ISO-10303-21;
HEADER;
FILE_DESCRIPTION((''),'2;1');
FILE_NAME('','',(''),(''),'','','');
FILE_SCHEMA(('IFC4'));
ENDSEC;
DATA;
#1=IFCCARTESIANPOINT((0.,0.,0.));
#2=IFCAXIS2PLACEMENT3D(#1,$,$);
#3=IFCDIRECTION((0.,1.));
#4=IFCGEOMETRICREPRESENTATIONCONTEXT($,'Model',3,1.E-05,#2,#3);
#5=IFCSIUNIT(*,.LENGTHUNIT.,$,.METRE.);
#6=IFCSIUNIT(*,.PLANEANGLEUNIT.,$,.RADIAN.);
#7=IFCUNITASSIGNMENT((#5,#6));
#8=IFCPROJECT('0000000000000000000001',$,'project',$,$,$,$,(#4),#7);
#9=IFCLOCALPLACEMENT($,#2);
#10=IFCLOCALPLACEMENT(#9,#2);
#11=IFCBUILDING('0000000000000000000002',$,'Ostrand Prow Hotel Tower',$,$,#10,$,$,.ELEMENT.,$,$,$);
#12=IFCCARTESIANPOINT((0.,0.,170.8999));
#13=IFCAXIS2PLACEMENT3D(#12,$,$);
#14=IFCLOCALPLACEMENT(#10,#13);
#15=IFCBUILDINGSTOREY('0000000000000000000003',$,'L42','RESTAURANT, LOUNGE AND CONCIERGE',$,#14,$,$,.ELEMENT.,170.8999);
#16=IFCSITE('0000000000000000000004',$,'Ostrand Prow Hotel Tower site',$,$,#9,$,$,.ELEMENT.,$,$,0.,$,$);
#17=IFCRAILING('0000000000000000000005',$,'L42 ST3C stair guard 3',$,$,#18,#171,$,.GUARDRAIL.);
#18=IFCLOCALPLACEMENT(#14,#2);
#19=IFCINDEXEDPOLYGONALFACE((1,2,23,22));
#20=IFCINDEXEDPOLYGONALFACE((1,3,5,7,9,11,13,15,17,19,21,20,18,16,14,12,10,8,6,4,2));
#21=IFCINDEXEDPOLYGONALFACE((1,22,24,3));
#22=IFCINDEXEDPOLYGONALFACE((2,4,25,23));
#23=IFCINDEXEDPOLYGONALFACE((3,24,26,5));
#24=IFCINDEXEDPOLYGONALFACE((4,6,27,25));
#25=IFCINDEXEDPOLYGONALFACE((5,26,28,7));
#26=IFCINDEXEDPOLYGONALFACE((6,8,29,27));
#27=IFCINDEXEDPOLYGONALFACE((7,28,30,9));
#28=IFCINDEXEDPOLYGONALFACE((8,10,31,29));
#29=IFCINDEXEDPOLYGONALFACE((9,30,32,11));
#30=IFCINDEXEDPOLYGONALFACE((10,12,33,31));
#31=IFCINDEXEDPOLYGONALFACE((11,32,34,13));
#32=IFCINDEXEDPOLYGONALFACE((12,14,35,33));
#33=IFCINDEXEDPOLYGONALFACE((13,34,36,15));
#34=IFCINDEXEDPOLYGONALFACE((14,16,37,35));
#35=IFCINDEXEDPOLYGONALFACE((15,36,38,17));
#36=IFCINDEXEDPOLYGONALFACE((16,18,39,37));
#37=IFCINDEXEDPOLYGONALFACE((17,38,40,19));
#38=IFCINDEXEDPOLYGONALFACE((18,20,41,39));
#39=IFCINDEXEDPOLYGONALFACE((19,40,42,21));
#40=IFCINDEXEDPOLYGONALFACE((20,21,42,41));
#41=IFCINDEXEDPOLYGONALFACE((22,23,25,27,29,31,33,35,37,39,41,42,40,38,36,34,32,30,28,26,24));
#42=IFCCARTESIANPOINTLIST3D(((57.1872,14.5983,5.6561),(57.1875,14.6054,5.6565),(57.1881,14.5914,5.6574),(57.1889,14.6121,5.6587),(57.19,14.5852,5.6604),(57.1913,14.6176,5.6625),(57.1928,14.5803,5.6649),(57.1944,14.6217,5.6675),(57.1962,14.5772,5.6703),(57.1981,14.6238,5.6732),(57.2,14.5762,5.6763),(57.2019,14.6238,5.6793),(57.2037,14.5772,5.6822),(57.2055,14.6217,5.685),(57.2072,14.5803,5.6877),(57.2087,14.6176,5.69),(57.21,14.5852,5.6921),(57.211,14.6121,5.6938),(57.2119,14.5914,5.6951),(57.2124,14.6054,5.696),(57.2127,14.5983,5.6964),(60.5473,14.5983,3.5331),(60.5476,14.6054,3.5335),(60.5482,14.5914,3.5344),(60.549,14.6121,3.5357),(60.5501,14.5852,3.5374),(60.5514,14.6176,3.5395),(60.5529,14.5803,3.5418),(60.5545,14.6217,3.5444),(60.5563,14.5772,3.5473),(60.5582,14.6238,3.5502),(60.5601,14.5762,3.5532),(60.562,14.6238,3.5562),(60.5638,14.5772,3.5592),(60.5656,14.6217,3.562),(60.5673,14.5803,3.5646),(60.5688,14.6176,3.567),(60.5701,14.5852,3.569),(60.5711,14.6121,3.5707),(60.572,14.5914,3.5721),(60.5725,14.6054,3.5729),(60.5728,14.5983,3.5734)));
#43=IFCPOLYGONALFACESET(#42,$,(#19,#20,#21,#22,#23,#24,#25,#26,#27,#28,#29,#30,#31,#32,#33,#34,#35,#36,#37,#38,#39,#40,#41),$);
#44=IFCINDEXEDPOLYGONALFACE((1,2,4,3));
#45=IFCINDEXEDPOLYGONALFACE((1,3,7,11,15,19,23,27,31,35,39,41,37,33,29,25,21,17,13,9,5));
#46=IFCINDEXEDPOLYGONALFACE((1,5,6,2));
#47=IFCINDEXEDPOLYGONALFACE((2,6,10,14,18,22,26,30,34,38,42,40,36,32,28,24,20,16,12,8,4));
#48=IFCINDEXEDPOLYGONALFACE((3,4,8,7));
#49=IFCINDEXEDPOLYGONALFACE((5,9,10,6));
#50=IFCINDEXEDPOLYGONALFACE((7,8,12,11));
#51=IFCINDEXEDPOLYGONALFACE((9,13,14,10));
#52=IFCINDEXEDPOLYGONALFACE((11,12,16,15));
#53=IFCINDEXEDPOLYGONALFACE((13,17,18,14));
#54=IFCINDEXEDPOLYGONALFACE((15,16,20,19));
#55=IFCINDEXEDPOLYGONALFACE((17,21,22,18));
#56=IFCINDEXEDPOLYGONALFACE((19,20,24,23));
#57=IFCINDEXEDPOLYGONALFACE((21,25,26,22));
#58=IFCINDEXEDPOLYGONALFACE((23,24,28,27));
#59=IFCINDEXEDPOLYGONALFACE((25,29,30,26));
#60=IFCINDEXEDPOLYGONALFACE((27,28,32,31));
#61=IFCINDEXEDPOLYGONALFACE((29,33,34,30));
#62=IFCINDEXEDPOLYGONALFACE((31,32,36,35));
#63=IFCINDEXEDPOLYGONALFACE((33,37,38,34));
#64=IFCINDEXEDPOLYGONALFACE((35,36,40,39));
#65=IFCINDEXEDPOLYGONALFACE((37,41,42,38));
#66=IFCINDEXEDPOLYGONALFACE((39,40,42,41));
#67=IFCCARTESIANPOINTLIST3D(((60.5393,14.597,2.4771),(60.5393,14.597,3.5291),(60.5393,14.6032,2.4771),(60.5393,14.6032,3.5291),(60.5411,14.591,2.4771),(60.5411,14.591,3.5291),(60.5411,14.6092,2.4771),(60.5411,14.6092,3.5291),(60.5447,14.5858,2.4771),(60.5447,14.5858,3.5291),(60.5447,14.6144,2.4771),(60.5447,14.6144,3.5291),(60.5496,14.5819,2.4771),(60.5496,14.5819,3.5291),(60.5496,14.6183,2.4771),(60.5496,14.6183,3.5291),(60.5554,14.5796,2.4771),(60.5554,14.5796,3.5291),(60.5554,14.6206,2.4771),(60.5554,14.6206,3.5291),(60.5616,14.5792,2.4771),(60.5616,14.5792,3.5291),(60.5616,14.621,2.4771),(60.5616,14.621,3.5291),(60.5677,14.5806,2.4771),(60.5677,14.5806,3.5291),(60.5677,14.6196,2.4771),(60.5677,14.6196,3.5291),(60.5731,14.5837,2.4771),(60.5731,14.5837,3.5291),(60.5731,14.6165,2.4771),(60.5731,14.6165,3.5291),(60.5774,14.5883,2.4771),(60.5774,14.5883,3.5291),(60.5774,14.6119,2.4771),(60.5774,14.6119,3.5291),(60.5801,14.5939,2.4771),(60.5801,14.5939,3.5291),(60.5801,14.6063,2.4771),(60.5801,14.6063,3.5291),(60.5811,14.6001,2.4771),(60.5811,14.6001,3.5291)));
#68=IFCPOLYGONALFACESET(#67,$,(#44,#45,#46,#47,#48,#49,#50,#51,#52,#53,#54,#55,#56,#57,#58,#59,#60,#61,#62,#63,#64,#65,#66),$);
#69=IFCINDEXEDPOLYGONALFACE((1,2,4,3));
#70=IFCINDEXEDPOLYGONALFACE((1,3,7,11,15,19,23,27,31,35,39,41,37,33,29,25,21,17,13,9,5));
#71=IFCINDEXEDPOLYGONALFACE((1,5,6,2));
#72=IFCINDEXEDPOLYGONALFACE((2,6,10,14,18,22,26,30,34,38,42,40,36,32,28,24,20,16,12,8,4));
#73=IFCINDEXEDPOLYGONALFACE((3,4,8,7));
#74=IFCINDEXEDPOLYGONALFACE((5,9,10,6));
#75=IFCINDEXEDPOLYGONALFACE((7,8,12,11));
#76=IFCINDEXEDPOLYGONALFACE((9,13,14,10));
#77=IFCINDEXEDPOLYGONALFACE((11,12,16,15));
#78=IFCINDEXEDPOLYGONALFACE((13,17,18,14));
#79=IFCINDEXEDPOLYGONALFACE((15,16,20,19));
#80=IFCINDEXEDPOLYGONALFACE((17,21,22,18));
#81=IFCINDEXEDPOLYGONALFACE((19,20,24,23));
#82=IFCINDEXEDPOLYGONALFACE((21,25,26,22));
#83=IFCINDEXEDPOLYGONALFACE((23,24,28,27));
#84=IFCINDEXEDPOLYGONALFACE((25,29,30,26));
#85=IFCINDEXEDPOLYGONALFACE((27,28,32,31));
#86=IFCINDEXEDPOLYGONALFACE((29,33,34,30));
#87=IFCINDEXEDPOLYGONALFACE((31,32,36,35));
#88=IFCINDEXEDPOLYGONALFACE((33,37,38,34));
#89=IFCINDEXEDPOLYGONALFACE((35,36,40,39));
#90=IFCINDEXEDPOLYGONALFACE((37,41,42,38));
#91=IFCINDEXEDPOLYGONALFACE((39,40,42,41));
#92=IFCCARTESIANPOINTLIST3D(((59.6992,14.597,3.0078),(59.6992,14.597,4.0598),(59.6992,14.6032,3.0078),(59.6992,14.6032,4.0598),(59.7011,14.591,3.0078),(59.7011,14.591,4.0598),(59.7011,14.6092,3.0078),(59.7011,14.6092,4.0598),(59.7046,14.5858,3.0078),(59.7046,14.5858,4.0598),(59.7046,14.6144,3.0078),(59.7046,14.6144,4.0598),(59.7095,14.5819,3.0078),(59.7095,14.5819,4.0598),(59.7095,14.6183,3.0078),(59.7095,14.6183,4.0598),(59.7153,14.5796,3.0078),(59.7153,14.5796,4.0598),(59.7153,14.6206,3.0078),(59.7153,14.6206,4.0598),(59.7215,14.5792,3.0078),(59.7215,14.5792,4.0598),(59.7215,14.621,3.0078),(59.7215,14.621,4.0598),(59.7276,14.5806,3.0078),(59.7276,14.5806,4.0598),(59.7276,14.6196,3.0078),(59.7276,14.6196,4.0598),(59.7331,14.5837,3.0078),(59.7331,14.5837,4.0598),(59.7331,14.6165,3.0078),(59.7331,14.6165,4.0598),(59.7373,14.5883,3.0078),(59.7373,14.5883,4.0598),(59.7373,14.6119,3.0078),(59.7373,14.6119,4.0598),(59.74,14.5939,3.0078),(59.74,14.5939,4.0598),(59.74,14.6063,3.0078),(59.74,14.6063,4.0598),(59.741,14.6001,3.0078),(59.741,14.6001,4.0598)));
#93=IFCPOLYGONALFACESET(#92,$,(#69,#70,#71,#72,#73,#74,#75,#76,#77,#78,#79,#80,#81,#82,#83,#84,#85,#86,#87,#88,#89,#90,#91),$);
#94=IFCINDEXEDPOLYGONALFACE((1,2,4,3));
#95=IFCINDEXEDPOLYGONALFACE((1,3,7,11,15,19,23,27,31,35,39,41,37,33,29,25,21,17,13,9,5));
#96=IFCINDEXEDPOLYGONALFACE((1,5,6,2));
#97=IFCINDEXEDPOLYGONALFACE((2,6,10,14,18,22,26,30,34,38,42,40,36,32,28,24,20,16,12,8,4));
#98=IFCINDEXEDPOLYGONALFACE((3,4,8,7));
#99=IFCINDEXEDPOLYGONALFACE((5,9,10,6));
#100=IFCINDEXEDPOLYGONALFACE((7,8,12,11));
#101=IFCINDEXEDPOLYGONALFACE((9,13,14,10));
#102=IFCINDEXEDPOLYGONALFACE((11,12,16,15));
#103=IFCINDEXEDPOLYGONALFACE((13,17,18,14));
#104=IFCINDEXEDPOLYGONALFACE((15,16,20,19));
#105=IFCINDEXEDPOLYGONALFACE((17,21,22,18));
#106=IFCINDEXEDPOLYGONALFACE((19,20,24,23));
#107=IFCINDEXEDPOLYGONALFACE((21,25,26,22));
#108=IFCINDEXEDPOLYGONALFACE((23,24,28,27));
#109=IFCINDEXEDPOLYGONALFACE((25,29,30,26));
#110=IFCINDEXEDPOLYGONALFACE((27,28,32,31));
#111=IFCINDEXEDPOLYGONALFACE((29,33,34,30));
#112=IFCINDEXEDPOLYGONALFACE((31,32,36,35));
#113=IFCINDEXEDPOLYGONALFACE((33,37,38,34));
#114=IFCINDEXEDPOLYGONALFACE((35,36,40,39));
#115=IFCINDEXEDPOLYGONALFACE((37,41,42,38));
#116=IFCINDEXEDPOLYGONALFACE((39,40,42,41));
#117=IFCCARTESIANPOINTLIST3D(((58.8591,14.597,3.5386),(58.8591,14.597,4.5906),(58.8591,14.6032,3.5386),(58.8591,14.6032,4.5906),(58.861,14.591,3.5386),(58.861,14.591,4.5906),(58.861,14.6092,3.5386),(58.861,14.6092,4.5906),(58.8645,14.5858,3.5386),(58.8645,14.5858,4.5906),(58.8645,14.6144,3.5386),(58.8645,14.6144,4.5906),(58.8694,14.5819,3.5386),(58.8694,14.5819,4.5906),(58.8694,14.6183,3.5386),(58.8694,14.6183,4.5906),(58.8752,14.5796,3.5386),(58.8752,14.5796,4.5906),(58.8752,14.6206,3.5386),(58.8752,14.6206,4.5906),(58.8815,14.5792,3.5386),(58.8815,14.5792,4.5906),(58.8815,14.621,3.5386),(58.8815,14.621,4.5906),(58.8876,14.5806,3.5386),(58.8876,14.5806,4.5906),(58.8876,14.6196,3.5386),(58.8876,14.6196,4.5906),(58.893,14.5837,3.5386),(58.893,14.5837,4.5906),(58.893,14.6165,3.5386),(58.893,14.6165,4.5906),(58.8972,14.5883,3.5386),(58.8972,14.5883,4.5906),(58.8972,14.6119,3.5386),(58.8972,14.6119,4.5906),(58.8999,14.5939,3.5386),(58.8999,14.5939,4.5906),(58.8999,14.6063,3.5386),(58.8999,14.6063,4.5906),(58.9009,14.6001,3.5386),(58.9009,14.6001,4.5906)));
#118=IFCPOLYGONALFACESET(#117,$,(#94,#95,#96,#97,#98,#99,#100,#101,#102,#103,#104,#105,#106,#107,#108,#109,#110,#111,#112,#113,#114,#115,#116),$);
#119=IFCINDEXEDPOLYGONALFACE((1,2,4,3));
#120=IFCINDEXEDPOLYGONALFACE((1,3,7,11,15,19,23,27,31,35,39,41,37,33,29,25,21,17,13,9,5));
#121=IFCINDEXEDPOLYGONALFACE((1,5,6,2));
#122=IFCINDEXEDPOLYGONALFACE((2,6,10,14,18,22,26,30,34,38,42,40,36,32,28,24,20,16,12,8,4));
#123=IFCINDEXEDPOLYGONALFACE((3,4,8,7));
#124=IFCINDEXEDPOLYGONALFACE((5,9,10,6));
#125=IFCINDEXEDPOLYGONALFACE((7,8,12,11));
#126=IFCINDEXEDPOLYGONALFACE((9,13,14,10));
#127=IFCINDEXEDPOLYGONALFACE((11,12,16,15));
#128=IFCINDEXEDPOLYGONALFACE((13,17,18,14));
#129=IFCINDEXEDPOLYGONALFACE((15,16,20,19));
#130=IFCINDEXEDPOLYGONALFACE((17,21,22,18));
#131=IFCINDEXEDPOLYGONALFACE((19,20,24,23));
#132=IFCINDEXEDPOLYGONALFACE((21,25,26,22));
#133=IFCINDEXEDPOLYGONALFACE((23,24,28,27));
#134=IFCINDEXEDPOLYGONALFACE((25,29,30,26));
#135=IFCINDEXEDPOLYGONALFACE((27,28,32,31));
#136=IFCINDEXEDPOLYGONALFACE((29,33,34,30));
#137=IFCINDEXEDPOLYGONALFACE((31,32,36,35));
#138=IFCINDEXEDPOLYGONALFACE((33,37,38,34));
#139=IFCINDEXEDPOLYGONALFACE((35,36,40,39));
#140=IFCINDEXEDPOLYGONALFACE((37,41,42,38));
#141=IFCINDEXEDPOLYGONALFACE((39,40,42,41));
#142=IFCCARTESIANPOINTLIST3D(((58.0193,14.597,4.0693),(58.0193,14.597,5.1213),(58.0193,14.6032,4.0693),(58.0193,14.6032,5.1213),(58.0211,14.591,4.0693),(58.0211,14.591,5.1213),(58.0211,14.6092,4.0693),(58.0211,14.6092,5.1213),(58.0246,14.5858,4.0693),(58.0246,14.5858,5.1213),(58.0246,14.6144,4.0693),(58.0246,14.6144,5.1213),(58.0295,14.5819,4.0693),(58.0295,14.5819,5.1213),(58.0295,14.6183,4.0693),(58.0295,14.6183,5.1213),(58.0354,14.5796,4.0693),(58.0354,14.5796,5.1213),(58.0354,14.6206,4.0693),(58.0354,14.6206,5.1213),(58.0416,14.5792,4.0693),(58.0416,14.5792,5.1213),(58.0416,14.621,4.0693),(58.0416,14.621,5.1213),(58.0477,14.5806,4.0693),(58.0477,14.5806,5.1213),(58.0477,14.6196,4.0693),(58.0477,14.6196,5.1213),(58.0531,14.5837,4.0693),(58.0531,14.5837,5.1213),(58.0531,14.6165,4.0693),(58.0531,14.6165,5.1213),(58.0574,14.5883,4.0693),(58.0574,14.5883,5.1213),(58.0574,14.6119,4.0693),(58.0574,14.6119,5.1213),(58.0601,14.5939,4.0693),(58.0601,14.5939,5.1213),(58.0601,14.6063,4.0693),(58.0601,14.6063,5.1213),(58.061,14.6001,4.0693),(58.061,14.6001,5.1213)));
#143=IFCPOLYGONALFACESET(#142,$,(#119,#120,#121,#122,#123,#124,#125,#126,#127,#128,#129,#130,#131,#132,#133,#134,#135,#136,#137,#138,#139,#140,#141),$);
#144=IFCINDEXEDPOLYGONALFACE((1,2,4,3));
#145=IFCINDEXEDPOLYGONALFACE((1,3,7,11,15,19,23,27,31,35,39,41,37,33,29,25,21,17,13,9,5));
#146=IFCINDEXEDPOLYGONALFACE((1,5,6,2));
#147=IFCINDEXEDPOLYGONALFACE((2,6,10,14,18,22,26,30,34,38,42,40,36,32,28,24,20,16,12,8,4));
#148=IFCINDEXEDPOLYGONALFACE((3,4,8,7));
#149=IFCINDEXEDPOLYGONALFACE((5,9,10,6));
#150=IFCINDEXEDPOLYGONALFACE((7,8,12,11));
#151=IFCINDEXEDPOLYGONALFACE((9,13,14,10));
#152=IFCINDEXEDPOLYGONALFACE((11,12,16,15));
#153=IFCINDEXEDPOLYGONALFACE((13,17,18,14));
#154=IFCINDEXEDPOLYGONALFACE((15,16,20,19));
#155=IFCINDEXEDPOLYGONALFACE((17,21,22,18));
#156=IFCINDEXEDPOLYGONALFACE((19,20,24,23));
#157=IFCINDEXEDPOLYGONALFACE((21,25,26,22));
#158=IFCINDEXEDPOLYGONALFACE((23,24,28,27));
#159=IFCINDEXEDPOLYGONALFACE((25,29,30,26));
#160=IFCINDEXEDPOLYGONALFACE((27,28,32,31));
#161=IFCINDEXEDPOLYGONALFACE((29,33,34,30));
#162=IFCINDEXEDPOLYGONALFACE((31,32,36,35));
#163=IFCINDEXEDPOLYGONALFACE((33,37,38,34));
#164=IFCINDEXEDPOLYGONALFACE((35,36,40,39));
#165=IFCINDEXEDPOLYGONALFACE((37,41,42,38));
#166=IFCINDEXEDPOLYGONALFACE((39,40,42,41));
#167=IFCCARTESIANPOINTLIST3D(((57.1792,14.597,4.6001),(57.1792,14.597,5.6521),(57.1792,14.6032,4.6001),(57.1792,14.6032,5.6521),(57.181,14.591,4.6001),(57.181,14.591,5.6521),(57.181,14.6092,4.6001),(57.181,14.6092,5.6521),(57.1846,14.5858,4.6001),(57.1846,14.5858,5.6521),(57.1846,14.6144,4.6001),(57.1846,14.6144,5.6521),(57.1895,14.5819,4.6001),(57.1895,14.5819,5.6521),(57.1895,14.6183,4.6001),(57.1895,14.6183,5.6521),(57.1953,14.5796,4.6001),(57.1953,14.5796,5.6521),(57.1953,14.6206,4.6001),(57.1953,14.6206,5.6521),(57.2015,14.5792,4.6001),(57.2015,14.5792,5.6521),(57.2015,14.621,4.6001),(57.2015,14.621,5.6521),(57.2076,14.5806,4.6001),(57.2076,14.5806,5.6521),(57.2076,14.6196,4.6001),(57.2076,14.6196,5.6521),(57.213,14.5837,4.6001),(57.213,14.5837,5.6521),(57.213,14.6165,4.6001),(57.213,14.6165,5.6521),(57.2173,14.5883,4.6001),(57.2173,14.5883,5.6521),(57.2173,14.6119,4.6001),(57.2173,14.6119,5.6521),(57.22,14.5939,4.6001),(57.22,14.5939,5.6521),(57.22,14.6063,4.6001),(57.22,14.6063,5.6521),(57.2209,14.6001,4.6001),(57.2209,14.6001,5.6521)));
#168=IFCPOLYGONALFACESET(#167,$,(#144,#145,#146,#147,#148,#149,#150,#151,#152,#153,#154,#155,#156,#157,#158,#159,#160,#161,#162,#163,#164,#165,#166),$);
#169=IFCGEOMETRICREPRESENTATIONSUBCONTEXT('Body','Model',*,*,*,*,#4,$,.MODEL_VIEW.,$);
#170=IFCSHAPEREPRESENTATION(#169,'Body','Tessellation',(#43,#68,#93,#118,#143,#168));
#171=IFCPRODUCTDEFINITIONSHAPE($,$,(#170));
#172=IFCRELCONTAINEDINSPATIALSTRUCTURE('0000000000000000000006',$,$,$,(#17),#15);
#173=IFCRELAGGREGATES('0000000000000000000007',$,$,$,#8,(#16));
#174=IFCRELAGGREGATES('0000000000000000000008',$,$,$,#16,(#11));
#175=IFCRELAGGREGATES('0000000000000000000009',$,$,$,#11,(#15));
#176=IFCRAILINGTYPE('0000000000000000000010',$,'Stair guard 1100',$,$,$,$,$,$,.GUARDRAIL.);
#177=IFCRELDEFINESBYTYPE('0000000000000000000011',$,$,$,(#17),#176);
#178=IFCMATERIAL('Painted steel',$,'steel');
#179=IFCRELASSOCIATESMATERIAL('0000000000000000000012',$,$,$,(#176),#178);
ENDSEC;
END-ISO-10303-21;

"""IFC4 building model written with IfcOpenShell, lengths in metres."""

from ifc_helpers import new_model, si_unit, direction, frame, origin, origin_2d, place, context, subcontext, project, spatial, circle, extrude, material, type_object, element, save


model = new_model("IFC4")

# Units and contexts
model_context = context("Model", 3, precision=1e-05, world=origin(), true_north=direction((0.0, 1.0)))
body_context = subcontext(model_context, "Body", "Model", "MODEL_VIEW")
ifc_project = project(units=[si_unit("LENGTHUNIT", "METRE"), si_unit("PLANEANGLEUNIT", "RADIAN")], contexts=[model_context])

# Site, building, storey
site_placement = place(None, origin())
site = spatial("IfcSite", under=ifc_project, at=site_placement, Name="Ostrand Prow Hotel Tower site", CompositionType="ELEMENT", RefElevation=0.0)
building_placement = place(site_placement, origin())
building = spatial("IfcBuilding", under=site, at=building_placement, Name="Ostrand Prow Hotel Tower", CompositionType="ELEMENT")
storey_placement = place(building_placement, frame((0.0, 0.0, 170.8999)))
storey = spatial("IfcBuildingStorey", under=building, at=storey_placement, Name="L42", Description="RESTAURANT, LOUNGE AND CONCIERGE", CompositionType="ELEMENT", Elevation=170.8999)

# Railing
ifc_material_1 = material(Name="Painted steel", Category="steel")
railing_type_1 = type_object("IfcRailingType", Name="Stair guard 1100", PredefinedType="GUARDRAIL", material=ifc_material_1)
railing_1_placement = place(storey_placement, frame((60.5601, 14.6001, 2.4771)))
element("IfcRailing", 1, at=railing_1_placement, inside=storey, type_object=railing_type_1, Name="L42 ST3C stair guard 3", PredefinedType="GUARDRAIL", context=body_context, shape_type="SweptSolid", body=[
    extrude(circle(Radius=0.0239, at=origin_2d()), frame((0.0, 0.0, 1.0762), z_axis=(-0.84539, 0.0, 0.53415), x_axis=(0.0, -1.0, 0.0)), (0.0, 0.0, 1.0), 3.9746),
    extrude(circle(Radius=0.021, at=origin_2d()), origin(), (0.0, 0.0, 1.0), 1.052),
    extrude(circle(Radius=0.021, at=origin_2d()), frame((-0.8401, 0.0, 0.5308)), (0.0, 0.0, 1.0), 1.052),
    extrude(circle(Radius=0.021, at=origin_2d()), frame((-1.6802, 0.0, 1.0615)), (0.0, 0.0, 1.0), 1.052),
    extrude(circle(Radius=0.021, at=origin_2d()), frame((-2.52, 0.0, 1.5923)), (0.0, 0.0, 1.0), 1.052),
    extrude(circle(Radius=0.021, at=origin_2d()), frame((-3.3601, 0.0, 2.123)), (0.0, 0.0, 1.0), 1.052),
])

save(model, "model.ifc")
